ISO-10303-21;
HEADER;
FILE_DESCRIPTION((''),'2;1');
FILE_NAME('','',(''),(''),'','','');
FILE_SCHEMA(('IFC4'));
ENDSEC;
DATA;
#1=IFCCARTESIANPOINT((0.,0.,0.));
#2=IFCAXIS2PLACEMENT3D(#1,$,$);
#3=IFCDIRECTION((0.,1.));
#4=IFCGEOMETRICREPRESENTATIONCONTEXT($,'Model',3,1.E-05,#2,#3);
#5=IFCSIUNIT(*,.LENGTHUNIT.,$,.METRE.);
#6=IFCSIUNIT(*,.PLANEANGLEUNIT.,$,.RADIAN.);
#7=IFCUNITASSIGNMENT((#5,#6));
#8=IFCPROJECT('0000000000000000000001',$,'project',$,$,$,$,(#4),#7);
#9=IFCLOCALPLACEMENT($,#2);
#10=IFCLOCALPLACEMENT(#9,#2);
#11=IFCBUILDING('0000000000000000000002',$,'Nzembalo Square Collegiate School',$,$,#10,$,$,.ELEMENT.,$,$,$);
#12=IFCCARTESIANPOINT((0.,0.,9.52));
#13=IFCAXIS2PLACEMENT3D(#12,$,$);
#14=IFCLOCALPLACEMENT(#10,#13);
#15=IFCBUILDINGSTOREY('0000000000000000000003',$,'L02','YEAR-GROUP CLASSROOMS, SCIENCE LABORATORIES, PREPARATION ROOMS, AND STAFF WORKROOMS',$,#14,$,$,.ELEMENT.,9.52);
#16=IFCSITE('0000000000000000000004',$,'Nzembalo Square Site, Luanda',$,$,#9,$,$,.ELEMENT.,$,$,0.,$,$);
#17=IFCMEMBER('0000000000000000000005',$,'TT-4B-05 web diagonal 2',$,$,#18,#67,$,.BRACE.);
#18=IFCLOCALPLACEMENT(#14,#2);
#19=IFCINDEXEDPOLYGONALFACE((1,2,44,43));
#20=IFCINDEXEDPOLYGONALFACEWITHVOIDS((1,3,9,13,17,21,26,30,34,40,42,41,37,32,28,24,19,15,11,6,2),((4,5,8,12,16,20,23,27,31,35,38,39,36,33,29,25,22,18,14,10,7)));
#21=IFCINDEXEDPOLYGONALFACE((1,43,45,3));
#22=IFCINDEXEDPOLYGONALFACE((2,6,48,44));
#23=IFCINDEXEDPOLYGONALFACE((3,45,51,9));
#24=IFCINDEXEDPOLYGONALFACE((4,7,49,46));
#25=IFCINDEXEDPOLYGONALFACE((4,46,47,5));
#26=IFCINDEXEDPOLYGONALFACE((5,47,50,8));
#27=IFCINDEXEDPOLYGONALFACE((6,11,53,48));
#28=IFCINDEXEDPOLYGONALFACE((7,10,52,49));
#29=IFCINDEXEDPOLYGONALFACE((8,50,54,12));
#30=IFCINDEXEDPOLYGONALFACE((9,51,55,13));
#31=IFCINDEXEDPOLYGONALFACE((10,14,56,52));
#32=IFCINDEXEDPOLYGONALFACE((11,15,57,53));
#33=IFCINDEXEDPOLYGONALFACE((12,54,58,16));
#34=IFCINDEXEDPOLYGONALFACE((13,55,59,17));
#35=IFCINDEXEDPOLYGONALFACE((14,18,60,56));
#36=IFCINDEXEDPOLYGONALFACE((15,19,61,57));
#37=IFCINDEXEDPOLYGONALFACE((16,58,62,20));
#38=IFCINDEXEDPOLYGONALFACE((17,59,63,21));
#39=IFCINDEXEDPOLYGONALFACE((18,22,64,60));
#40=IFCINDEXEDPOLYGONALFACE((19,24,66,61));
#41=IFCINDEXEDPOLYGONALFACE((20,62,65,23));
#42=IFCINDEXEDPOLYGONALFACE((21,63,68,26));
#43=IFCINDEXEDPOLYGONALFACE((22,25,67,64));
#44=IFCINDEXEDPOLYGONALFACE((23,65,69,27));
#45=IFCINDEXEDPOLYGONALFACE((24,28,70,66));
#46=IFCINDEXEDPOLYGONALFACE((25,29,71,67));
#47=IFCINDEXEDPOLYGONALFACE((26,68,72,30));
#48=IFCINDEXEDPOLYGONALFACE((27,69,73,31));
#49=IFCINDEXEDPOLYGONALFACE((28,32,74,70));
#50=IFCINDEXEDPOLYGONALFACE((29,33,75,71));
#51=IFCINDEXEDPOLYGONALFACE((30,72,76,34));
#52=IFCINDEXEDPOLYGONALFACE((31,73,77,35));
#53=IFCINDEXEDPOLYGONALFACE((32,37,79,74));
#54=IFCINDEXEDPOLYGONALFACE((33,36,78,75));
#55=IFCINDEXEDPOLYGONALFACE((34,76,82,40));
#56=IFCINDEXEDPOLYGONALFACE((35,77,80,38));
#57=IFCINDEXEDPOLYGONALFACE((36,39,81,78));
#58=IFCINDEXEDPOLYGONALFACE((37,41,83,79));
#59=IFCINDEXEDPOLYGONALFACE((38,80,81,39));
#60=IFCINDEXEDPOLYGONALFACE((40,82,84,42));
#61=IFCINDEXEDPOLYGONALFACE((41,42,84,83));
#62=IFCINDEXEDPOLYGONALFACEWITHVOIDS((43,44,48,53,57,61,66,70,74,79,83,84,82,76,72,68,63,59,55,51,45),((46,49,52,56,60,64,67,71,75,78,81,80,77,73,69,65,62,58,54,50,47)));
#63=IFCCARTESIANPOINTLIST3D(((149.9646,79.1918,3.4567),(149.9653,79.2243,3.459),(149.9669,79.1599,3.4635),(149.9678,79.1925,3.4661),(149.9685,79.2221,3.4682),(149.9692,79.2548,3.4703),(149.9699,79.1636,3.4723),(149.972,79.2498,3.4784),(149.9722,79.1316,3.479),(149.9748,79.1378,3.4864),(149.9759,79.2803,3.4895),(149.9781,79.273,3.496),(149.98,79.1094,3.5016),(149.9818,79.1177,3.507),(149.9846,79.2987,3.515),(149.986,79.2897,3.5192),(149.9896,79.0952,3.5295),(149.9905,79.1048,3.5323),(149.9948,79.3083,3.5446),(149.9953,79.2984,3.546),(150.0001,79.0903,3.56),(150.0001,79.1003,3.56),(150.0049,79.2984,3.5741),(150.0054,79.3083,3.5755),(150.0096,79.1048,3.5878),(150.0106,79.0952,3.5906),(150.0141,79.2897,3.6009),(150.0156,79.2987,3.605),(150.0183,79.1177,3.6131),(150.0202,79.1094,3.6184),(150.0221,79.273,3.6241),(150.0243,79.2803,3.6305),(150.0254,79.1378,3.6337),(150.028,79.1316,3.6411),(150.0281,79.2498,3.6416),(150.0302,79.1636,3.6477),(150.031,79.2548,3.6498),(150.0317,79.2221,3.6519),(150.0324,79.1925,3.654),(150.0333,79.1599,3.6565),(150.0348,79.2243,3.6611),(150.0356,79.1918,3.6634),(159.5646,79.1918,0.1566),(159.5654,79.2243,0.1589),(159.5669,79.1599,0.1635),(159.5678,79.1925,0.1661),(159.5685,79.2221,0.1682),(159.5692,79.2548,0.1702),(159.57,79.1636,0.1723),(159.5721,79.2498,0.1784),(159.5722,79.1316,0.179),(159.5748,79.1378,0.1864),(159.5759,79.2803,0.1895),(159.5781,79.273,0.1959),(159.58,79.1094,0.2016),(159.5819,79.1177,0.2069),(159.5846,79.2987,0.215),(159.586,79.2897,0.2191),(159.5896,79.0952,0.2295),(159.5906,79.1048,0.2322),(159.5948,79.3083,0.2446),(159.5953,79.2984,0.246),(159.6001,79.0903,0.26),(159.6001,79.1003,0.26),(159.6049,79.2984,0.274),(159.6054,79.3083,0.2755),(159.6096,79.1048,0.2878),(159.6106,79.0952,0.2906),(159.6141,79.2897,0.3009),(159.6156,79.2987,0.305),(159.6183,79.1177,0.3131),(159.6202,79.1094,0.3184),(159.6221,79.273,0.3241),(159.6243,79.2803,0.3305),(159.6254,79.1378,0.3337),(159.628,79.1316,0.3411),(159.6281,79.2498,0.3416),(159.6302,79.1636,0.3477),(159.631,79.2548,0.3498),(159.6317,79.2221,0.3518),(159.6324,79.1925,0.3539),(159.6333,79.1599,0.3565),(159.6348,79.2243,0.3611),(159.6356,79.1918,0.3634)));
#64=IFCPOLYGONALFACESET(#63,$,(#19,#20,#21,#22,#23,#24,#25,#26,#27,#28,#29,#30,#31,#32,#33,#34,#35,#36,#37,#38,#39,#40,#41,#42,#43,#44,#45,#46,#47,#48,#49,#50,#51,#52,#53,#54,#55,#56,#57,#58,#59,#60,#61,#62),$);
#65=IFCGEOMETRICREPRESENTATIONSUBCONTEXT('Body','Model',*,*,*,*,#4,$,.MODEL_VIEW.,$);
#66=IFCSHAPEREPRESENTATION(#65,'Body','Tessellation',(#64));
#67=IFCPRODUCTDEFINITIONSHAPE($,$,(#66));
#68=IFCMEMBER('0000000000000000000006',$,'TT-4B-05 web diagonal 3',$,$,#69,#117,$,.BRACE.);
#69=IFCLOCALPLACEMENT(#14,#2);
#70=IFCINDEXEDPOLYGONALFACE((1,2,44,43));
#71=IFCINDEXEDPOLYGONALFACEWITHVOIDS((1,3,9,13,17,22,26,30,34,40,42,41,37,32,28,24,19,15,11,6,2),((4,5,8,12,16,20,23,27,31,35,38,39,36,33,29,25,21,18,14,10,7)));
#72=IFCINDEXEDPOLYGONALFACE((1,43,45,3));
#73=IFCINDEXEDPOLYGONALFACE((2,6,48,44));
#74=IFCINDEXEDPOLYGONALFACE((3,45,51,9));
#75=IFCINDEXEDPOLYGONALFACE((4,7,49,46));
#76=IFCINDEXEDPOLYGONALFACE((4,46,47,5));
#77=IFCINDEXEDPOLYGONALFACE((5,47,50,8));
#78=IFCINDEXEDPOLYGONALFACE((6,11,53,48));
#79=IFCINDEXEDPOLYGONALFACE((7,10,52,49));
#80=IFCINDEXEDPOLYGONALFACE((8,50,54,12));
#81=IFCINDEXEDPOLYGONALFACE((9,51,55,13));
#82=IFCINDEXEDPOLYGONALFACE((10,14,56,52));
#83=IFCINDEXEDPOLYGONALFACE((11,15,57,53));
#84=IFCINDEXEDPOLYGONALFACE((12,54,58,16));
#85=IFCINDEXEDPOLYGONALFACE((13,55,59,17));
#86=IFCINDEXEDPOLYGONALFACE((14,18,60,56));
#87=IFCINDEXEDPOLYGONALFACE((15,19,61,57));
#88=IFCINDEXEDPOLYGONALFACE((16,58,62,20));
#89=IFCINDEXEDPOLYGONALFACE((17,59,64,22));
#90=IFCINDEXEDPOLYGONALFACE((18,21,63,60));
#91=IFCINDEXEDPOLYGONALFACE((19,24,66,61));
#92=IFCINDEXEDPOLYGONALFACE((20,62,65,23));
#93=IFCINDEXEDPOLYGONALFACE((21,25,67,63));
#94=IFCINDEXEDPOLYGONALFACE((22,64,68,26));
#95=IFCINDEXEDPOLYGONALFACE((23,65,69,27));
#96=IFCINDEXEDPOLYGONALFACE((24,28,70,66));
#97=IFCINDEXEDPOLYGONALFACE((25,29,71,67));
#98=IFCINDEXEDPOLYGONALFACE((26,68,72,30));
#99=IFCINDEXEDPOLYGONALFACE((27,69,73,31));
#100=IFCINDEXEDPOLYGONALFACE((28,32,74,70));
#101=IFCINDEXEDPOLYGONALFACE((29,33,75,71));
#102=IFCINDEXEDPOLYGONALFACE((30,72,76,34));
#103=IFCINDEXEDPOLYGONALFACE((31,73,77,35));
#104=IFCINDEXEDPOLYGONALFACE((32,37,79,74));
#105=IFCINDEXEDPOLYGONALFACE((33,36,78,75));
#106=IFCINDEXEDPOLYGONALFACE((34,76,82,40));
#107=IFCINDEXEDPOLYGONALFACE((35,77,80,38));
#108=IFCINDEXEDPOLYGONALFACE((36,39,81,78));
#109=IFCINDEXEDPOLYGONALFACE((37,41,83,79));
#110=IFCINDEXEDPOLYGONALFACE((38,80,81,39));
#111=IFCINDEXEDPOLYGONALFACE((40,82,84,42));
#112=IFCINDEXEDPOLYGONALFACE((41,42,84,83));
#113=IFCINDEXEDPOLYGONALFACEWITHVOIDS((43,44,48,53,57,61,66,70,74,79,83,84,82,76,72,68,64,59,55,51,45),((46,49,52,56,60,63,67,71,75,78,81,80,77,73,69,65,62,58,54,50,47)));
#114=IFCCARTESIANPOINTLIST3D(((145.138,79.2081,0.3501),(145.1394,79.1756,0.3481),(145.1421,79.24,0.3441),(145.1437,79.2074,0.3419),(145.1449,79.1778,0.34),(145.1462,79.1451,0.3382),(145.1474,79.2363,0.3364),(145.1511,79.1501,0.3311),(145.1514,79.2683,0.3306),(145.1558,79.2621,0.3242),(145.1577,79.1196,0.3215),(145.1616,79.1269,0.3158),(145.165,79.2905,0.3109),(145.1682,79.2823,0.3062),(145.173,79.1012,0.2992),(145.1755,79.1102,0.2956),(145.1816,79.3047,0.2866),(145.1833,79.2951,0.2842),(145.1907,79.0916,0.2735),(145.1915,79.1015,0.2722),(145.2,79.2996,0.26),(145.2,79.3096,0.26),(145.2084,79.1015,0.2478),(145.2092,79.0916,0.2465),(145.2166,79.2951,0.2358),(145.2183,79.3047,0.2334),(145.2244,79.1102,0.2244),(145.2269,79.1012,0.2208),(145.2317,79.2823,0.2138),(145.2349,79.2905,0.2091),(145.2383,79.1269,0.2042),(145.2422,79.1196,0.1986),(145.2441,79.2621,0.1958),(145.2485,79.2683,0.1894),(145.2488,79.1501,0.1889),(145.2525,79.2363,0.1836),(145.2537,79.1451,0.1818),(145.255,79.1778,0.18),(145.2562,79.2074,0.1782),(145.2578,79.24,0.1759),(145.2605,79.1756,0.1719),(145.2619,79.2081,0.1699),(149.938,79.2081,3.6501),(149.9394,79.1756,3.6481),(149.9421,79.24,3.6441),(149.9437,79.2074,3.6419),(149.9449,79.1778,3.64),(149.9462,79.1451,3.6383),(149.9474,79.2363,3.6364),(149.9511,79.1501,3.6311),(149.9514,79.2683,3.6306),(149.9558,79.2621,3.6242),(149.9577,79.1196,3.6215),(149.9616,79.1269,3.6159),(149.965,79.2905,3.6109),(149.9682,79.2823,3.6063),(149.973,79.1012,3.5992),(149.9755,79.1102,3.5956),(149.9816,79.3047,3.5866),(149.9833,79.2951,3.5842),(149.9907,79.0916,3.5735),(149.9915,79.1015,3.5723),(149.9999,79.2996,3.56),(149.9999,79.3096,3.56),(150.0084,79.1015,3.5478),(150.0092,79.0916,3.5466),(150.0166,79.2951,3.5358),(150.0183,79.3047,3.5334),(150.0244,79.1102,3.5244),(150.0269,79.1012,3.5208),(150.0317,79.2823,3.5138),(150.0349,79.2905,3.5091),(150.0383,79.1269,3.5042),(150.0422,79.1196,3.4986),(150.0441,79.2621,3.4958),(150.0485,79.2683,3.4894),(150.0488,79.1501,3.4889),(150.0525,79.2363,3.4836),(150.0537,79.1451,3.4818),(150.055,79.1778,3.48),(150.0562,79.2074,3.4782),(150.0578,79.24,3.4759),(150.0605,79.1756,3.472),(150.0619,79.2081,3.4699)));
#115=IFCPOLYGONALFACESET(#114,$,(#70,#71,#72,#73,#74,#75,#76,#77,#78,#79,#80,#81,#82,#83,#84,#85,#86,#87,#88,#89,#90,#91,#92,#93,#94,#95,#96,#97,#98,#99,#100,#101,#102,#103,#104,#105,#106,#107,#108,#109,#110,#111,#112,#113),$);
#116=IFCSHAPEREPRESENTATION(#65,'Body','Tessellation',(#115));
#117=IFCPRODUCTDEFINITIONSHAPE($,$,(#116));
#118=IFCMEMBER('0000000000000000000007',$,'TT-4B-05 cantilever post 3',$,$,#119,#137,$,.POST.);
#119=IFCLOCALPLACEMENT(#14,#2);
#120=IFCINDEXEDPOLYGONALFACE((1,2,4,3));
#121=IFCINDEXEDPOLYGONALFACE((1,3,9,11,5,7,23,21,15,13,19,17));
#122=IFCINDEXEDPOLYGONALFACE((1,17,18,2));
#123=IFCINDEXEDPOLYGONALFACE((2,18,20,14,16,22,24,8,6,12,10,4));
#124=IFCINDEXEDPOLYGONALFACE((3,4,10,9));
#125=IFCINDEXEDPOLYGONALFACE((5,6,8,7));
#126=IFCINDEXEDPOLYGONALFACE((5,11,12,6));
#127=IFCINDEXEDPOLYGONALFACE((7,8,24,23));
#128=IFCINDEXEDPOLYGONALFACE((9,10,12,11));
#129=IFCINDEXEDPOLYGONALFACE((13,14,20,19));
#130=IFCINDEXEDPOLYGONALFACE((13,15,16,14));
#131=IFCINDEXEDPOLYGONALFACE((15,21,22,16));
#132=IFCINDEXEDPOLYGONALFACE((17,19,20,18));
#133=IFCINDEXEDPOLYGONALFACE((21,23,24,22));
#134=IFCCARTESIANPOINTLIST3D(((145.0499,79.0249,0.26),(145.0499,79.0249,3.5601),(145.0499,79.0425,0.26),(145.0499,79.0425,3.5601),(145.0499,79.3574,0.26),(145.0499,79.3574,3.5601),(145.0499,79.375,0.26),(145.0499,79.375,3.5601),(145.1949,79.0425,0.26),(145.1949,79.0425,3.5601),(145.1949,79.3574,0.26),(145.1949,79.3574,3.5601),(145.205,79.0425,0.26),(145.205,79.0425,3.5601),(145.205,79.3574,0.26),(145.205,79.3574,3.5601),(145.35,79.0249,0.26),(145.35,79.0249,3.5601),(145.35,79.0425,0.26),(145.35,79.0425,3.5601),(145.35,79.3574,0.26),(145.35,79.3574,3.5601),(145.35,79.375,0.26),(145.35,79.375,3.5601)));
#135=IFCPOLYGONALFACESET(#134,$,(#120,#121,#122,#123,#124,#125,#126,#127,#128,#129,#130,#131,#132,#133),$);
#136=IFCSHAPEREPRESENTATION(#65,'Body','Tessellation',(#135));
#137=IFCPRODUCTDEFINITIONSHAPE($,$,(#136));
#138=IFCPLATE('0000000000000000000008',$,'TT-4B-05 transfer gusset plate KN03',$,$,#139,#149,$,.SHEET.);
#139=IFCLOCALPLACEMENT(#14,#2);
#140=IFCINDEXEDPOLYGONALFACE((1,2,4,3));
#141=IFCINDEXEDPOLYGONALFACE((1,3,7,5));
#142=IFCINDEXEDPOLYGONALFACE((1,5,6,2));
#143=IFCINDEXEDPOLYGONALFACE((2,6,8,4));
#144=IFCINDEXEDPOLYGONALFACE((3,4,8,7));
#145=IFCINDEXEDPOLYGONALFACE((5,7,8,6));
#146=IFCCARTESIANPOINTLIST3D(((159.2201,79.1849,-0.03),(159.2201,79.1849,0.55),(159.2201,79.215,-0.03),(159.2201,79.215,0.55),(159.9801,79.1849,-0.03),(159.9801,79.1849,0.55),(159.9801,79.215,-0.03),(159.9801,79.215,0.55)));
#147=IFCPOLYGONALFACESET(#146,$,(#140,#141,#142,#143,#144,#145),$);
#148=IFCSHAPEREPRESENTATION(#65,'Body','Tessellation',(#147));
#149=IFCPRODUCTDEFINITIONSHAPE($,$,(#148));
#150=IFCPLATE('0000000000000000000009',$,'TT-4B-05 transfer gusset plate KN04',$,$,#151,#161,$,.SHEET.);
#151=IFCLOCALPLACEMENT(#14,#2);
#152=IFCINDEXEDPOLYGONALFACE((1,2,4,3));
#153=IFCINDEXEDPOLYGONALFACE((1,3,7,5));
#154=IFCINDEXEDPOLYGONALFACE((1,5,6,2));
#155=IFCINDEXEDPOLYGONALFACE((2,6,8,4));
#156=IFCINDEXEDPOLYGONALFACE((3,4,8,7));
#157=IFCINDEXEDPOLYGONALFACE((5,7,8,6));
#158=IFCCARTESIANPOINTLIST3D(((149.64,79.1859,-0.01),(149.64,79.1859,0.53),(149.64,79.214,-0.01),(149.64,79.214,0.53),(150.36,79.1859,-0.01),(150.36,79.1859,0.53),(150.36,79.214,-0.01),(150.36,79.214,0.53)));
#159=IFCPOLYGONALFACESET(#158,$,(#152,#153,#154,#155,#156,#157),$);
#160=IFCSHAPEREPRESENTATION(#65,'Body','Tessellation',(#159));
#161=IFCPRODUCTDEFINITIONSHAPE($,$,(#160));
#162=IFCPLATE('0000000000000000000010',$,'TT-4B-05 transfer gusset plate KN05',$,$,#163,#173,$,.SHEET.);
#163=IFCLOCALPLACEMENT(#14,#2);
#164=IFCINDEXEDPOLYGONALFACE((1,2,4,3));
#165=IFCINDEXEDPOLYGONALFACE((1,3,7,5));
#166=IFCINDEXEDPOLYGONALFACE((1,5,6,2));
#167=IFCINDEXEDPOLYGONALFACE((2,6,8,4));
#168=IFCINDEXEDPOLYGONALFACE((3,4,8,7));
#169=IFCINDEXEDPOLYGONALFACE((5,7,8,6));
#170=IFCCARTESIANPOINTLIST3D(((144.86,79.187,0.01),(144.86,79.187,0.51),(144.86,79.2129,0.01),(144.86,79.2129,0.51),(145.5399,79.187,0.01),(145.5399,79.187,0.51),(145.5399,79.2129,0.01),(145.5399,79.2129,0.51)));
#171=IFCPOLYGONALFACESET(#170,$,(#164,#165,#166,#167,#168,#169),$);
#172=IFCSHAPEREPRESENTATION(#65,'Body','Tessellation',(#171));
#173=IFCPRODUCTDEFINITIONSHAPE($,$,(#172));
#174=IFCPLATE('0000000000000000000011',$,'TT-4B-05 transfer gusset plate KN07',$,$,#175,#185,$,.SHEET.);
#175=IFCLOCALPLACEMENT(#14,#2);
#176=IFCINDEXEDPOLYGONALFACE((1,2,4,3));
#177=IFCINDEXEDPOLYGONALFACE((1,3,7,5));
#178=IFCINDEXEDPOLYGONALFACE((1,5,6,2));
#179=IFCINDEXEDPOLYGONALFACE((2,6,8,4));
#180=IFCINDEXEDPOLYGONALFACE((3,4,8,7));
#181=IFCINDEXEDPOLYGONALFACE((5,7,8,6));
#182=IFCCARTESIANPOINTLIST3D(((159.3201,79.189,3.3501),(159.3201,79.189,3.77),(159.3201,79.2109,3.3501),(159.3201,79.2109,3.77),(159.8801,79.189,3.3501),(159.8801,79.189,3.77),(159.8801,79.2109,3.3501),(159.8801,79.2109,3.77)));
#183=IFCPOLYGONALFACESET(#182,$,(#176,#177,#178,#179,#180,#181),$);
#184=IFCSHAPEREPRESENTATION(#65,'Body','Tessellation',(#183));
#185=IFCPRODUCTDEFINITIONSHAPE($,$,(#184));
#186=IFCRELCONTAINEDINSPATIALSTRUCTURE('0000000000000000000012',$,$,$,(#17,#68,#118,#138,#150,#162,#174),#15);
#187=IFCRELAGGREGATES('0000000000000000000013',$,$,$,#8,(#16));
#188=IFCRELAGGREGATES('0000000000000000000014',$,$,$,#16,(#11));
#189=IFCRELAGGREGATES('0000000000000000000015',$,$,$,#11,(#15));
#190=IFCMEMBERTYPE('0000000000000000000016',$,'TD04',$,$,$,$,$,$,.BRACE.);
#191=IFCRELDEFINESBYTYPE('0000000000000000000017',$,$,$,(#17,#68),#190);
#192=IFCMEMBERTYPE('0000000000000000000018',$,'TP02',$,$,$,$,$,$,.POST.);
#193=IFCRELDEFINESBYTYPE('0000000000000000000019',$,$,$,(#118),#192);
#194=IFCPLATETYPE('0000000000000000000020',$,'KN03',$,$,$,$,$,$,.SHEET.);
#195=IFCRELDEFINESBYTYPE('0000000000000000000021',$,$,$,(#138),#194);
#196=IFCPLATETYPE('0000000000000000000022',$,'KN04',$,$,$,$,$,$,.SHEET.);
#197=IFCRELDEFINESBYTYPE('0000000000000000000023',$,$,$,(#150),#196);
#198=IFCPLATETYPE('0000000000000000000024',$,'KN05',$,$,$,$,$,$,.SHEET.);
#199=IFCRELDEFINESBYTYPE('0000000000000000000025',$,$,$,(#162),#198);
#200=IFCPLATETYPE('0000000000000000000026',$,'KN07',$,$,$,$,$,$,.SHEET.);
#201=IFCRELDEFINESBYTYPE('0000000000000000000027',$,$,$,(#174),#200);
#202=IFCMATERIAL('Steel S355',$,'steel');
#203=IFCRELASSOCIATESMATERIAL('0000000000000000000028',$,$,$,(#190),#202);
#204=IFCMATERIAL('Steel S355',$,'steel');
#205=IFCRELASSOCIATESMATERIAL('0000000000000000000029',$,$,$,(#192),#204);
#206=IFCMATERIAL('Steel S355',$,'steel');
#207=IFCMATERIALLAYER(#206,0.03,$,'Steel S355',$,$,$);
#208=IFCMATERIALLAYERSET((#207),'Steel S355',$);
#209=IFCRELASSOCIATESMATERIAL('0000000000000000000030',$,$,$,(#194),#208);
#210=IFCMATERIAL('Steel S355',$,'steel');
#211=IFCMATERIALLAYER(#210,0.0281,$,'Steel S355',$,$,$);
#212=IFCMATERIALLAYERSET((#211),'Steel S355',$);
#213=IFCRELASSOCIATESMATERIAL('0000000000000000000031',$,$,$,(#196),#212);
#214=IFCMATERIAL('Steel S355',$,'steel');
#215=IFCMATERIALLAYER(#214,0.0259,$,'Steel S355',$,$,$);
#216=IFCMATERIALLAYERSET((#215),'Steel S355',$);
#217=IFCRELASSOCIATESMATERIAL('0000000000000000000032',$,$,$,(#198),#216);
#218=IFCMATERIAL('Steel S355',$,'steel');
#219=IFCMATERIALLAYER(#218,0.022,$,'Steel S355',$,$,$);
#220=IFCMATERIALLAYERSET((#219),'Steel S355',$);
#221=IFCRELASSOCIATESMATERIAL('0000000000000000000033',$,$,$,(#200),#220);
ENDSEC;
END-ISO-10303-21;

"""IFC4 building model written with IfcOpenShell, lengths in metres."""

from ifc_helpers import new_model, si_unit, direction, frame, origin, origin_2d, place, context, subcontext, project, spatial, rectangle, hollow_circle, i_section, extrude, material, layer, layer_set, material_profile, profile_set, type_object, element, save


model = new_model("IFC4")

# Units and contexts
model_context = context("Model", 3, precision=1e-05, world=origin(), true_north=direction((0.0, 1.0)))
body_context = subcontext(model_context, "Body", "Model", "MODEL_VIEW")
ifc_project = project(units=[si_unit("LENGTHUNIT", "METRE"), si_unit("PLANEANGLEUNIT", "RADIAN")], contexts=[model_context])

# Site, building, storey
site_placement = place(None, origin())
site = spatial("IfcSite", under=ifc_project, at=site_placement, Name="Nzembalo Square Site, Luanda", CompositionType="ELEMENT", RefElevation=0.0)
building_placement = place(site_placement, origin())
building = spatial("IfcBuilding", under=site, at=building_placement, Name="Nzembalo Square Collegiate School", CompositionType="ELEMENT")
storey_placement = place(building_placement, frame((0.0, 0.0, 9.52)))
storey = spatial("IfcBuildingStorey", under=building, at=storey_placement, Name="L02", Description="YEAR-GROUP CLASSROOMS, SCIENCE LABORATORIES, PREPARATION ROOMS, AND STAFF WORKROOMS", CompositionType="ELEMENT", Elevation=9.52)

# Members
ifc_material_1 = material(Name="Steel S355", Category="steel")
ifc_material_profile_1 = material_profile(ifc_material_1, hollow_circle(Radius=0.1096, WallThickness=0.01, at=origin_2d()), Name="CHS 219x10")
ifc_profile_set_1 = profile_set([ifc_material_profile_1], Name="Steel S355")
member_type_1 = type_object("IfcMemberType", Name="TD04", PredefinedType="BRACE", material=ifc_profile_set_1)
member_1_placement = place(storey_placement, frame((159.6001, 79.2, 0.26), z_axis=(-0.945686, 0.0, 0.325081), x_axis=(0.0, -1.0, 0.0)))
element("IfcMember", 1, at=member_1_placement, inside=storey, type_object=member_type_1, Name="TT-4B-05 web diagonal 2", PredefinedType="BRACE", context=body_context, shape_type="SweptSolid", body=[
    extrude(hollow_circle(Radius=0.1096, WallThickness=0.01, at=origin_2d()), origin(), (0.0, 0.0, 1.0), 10.1514),
])
member_2_placement = place(storey_placement, frame((145.2, 79.2, 0.26), z_axis=(0.824041, 0.0, 0.566531), x_axis=(0.0, 1.0, 0.0)))
element("IfcMember", 2, at=member_2_placement, inside=storey, type_object=member_type_1, Name="TT-4B-05 web diagonal 3", PredefinedType="BRACE", context=body_context, shape_type="SweptSolid", body=[
    extrude(hollow_circle(Radius=0.1096, WallThickness=0.01, at=origin_2d()), origin(), (0.0, 0.0, 1.0), 5.825),
])
ifc_material_2 = material(Name="Steel S355", Category="steel")
ifc_material_profile_2 = material_profile(ifc_material_2, i_section(OverallWidth=0.3, OverallDepth=0.3501, WebThickness=0.01, FlangeThickness=0.0176, at=origin_2d()), Name="HEA 360")
ifc_profile_set_2 = profile_set([ifc_material_profile_2], Name="Steel S355")
member_type_2 = type_object("IfcMemberType", Name="TP02", PredefinedType="POST", material=ifc_profile_set_2)
member_3_placement = place(storey_placement, frame((145.2, 79.2, 0.26), z_axis=(0.0, 0.0, 1.0), x_axis=(1.0, 0.0, 0.0)))
element("IfcMember", 3, at=member_3_placement, inside=storey, type_object=member_type_2, Name="TT-4B-05 cantilever post 3", PredefinedType="POST", context=body_context, shape_type="SweptSolid", body=[
    extrude(i_section(OverallWidth=0.3, OverallDepth=0.3501, WebThickness=0.01, FlangeThickness=0.0176, at=origin_2d()), origin(), (0.0, 0.0, 1.0), 3.3),
])

# Plates
ifc_material_3 = material(Name="Steel S355", Category="steel")
ifc_layer_1 = layer(ifc_material_3, 0.03, Name="Steel S355")
ifc_layer_set_1 = layer_set([ifc_layer_1], Name="Steel S355")
plate_type_1 = type_object("IfcPlateType", Name="KN03", PredefinedType="SHEET", material=ifc_layer_set_1)
plate_1_placement = place(storey_placement, frame((159.6001, 79.2, -0.03), z_axis=(0.0, 0.0, 1.0), x_axis=(1.0, 0.0, 0.0)))
element("IfcPlate", 4, at=plate_1_placement, inside=storey, type_object=plate_type_1, Name="TT-4B-05 transfer gusset plate KN03", PredefinedType="SHEET", context=body_context, shape_type="SweptSolid", body=[
    extrude(rectangle(XDim=0.76, YDim=0.03, at=origin_2d()), origin(), (0.0, 0.0, 1.0), 0.5801),
])
ifc_material_4 = material(Name="Steel S355", Category="steel")
ifc_layer_2 = layer(ifc_material_4, 0.0281, Name="Steel S355")
ifc_layer_set_2 = layer_set([ifc_layer_2], Name="Steel S355")
plate_type_2 = type_object("IfcPlateType", Name="KN04", PredefinedType="SHEET", material=ifc_layer_set_2)
plate_2_placement = place(storey_placement, frame((150.0, 79.2, -0.01), z_axis=(0.0, 0.0, 1.0), x_axis=(1.0, 0.0, 0.0)))
element("IfcPlate", 5, at=plate_2_placement, inside=storey, type_object=plate_type_2, Name="TT-4B-05 transfer gusset plate KN04", PredefinedType="SHEET", context=body_context, shape_type="SweptSolid", body=[
    extrude(rectangle(XDim=0.72, YDim=0.0281, at=origin_2d()), origin(), (0.0, 0.0, 1.0), 0.54),
])
ifc_material_5 = material(Name="Steel S355", Category="steel")
ifc_layer_3 = layer(ifc_material_5, 0.0259, Name="Steel S355")
ifc_layer_set_3 = layer_set([ifc_layer_3], Name="Steel S355")
plate_type_3 = type_object("IfcPlateType", Name="KN05", PredefinedType="SHEET", material=ifc_layer_set_3)
plate_3_placement = place(storey_placement, frame((145.2, 79.2, 0.01), z_axis=(0.0, 0.0, 1.0), x_axis=(1.0, 0.0, 0.0)))
element("IfcPlate", 6, at=plate_3_placement, inside=storey, type_object=plate_type_3, Name="TT-4B-05 transfer gusset plate KN05", PredefinedType="SHEET", context=body_context, shape_type="SweptSolid", body=[
    extrude(rectangle(XDim=0.6799, YDim=0.0259, at=origin_2d()), origin(), (0.0, 0.0, 1.0), 0.5),
])
ifc_material_6 = material(Name="Steel S355", Category="steel")
ifc_layer_4 = layer(ifc_material_6, 0.022, Name="Steel S355")
ifc_layer_set_4 = layer_set([ifc_layer_4], Name="Steel S355")
plate_type_4 = type_object("IfcPlateType", Name="KN07", PredefinedType="SHEET", material=ifc_layer_set_4)
plate_4_placement = place(storey_placement, frame((159.6001, 79.2, 3.3501), z_axis=(0.0, 0.0, 1.0), x_axis=(1.0, 0.0, 0.0)))
element("IfcPlate", 7, at=plate_4_placement, inside=storey, type_object=plate_type_4, Name="TT-4B-05 transfer gusset plate KN07", PredefinedType="SHEET", context=body_context, shape_type="SweptSolid", body=[
    extrude(rectangle(XDim=0.5601, YDim=0.022, at=origin_2d()), origin(), (0.0, 0.0, 1.0), 0.4199),
])

save(model, "model.ifc")
